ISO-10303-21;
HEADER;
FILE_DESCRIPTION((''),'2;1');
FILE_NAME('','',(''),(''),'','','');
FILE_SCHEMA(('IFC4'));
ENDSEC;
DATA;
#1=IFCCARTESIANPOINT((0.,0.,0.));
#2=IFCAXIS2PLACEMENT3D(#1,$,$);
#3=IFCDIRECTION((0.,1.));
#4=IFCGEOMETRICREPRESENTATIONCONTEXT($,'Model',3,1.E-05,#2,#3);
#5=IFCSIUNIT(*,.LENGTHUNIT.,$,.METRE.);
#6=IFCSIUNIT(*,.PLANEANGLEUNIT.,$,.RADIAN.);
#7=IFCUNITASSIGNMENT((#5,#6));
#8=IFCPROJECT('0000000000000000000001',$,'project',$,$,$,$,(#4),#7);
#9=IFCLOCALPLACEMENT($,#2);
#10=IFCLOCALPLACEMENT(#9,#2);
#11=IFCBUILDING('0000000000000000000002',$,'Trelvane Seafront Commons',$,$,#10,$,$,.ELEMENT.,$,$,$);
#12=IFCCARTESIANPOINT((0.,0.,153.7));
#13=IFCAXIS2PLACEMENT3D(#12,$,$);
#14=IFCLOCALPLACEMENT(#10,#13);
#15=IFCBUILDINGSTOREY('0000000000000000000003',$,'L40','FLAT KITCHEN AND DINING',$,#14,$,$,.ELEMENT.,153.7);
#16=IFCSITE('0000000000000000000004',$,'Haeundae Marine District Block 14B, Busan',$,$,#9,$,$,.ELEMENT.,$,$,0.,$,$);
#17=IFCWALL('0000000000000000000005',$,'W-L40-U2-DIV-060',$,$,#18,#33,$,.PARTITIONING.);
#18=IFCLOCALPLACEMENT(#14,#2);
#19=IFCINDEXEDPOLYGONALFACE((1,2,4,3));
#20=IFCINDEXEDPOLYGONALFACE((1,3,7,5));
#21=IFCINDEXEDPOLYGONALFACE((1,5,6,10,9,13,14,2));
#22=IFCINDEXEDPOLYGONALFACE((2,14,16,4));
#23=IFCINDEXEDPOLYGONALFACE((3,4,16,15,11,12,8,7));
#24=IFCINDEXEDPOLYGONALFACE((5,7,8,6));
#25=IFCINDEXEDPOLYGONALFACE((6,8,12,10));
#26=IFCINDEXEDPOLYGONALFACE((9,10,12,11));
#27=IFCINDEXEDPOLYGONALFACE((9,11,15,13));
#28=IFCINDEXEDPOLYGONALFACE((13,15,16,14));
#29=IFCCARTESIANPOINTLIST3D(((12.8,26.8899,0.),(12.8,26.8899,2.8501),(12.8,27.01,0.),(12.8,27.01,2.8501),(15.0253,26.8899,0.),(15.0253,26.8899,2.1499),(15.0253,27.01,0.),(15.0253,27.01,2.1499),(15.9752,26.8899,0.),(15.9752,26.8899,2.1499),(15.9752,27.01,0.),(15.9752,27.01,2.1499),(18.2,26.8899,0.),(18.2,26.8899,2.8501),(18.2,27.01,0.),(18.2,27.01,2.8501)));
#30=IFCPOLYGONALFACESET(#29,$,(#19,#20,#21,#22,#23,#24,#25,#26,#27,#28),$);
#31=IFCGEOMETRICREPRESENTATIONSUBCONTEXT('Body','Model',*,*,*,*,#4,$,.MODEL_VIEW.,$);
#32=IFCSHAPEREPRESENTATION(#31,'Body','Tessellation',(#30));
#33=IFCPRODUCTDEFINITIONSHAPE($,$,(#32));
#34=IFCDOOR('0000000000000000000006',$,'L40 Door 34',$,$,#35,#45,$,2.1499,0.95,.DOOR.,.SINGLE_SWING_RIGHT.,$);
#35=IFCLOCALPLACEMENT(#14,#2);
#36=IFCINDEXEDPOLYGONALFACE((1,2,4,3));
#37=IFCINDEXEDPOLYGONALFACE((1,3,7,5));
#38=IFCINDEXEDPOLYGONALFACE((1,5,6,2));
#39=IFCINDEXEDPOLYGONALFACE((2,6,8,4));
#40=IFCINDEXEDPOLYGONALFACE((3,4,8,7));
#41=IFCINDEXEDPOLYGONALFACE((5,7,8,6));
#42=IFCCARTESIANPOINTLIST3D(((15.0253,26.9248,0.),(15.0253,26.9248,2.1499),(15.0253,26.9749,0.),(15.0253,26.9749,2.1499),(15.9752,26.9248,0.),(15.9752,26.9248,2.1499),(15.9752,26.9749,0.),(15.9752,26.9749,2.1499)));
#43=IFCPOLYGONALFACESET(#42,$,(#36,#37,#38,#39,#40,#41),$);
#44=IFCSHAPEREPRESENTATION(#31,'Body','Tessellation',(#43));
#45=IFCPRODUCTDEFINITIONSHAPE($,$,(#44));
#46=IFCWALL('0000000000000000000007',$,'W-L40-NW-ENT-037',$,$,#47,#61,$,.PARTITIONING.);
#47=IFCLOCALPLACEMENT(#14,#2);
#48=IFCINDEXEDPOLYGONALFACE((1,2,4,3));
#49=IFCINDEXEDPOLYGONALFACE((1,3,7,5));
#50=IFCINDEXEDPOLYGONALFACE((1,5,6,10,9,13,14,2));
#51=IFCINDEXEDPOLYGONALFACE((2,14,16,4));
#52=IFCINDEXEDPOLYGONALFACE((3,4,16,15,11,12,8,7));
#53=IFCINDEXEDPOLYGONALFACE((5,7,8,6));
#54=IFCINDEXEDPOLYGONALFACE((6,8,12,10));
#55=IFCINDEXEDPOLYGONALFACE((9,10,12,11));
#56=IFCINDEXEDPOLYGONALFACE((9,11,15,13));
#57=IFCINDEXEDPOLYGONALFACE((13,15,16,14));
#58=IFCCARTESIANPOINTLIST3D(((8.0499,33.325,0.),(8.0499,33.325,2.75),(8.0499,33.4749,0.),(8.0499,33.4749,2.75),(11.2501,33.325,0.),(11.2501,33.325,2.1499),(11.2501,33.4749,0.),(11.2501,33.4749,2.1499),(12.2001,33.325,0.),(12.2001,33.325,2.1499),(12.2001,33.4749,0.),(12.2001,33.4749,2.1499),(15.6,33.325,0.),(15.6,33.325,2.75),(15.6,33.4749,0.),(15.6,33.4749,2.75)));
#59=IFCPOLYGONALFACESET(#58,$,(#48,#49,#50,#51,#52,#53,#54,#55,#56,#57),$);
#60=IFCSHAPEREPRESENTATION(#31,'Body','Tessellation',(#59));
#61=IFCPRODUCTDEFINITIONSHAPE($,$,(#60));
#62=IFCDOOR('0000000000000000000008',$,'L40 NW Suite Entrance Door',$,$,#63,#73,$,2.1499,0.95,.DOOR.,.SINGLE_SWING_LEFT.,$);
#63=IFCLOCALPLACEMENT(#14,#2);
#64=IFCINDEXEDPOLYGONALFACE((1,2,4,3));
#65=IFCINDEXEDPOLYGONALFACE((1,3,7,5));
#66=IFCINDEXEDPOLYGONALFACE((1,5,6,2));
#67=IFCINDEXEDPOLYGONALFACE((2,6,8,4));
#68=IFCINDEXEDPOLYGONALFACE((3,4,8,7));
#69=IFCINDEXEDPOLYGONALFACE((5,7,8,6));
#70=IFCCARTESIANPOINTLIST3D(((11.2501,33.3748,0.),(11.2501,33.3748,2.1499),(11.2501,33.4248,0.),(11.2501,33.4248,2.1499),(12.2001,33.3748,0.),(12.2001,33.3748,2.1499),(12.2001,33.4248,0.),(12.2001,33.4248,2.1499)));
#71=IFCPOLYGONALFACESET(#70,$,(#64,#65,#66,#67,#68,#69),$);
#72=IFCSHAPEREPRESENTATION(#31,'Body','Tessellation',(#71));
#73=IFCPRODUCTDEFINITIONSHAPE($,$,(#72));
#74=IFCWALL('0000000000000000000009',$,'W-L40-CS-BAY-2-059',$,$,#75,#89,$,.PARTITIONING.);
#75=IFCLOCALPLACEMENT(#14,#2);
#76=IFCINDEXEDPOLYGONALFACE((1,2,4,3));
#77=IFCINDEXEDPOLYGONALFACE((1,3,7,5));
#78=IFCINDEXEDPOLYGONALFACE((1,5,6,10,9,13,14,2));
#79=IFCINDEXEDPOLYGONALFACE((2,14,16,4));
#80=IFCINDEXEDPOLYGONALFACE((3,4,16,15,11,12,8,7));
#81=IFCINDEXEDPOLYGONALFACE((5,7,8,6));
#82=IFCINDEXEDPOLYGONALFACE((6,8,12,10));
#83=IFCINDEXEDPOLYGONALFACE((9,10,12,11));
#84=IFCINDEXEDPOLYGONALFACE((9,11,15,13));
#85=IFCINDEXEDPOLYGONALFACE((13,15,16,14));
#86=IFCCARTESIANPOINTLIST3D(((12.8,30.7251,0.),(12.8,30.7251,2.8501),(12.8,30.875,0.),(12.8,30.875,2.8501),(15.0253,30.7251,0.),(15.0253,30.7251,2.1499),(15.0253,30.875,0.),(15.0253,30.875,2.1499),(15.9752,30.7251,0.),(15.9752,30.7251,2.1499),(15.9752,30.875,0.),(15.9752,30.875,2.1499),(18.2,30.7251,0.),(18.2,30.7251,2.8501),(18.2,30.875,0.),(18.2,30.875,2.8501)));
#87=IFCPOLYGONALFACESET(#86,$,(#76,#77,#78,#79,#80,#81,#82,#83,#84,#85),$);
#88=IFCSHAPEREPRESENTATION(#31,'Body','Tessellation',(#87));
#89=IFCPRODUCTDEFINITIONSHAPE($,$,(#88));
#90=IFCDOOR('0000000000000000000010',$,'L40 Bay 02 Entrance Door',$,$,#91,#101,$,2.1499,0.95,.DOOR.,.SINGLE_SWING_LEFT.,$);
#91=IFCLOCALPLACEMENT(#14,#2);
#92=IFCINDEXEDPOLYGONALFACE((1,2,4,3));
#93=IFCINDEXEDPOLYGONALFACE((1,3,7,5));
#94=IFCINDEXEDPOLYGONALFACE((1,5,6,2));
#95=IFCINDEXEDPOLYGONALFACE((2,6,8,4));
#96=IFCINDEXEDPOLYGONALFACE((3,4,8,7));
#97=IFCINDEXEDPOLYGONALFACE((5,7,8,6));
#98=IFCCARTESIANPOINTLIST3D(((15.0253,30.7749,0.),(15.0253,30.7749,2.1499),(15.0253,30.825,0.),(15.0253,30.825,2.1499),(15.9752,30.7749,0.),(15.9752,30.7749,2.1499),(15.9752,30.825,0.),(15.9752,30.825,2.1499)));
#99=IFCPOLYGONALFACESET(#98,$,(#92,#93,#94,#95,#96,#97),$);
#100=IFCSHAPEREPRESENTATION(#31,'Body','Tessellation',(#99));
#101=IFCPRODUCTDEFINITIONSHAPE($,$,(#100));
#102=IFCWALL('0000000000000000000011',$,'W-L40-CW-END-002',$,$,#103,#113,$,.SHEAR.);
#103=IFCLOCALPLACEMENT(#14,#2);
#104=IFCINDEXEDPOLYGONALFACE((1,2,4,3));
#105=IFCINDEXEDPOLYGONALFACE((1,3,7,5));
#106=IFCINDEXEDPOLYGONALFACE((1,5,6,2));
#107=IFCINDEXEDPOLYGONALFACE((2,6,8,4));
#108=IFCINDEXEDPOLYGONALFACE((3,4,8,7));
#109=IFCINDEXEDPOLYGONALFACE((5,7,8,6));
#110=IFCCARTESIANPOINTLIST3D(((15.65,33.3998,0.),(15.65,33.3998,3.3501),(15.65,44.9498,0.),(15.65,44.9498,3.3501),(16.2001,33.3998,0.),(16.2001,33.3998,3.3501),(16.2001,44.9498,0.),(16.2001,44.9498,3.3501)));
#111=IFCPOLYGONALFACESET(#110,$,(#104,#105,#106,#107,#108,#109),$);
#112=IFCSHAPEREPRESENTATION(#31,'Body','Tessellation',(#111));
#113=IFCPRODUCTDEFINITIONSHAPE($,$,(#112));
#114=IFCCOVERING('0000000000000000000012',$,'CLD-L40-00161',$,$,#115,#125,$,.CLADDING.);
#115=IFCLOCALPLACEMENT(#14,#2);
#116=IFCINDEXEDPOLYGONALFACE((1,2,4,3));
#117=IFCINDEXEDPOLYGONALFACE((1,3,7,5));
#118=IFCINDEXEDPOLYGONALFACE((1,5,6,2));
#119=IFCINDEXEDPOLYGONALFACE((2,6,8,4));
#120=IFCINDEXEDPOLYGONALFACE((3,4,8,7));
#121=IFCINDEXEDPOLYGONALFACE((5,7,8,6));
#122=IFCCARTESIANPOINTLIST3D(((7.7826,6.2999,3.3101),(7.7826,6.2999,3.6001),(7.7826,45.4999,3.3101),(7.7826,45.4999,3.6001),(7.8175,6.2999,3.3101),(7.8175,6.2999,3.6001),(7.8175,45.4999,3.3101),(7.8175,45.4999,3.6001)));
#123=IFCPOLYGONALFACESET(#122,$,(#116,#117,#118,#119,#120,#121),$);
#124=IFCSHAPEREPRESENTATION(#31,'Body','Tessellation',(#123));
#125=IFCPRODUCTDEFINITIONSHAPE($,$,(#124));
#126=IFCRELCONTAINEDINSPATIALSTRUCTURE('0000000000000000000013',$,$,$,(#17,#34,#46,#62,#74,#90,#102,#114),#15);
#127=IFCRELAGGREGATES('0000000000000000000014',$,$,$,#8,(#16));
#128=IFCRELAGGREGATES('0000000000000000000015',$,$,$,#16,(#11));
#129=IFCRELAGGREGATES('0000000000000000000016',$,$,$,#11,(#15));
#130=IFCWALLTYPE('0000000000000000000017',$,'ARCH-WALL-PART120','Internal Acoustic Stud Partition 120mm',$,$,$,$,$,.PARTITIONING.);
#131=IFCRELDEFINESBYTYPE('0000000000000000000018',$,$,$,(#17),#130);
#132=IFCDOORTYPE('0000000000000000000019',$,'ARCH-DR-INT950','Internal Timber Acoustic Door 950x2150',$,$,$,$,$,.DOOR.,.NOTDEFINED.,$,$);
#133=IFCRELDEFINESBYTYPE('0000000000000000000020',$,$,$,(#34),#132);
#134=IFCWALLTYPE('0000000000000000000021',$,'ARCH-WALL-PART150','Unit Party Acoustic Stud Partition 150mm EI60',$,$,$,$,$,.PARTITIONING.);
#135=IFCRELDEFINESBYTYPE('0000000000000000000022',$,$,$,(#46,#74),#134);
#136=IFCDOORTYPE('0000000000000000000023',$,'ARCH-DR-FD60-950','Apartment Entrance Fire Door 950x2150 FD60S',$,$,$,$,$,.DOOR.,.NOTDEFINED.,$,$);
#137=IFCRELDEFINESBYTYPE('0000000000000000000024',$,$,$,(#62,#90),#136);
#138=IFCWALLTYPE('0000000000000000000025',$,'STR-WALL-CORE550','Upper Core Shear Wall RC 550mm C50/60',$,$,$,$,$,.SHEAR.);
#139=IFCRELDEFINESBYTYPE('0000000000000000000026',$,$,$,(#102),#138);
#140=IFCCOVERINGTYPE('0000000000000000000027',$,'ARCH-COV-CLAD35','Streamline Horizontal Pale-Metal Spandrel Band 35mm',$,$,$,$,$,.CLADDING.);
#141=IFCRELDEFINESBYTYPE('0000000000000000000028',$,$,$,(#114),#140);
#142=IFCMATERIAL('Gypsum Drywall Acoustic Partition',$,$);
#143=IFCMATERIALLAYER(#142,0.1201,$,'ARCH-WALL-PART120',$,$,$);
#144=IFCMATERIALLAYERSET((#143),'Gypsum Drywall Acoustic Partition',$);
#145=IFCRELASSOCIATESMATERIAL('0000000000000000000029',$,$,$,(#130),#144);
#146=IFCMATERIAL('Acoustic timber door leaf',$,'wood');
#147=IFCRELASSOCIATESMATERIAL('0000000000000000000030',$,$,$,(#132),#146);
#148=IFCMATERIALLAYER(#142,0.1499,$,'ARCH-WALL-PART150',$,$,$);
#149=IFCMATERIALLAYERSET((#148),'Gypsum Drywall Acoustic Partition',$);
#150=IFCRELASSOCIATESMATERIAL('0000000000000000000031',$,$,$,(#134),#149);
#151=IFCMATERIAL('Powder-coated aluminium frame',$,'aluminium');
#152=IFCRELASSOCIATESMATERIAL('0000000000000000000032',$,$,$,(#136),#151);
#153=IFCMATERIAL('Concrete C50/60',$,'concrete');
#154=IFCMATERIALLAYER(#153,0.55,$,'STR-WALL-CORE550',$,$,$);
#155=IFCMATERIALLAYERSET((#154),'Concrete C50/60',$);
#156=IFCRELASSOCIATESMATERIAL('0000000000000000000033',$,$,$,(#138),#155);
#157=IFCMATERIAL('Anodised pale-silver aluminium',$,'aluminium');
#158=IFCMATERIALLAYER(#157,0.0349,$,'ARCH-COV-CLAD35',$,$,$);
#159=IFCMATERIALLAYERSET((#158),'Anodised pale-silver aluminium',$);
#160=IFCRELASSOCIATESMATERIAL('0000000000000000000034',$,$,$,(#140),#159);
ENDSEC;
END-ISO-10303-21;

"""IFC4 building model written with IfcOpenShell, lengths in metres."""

from ifc_helpers import new_model, si_unit, direction, frame, frame_2d, origin, origin_2d, place, context, subcontext, project, spatial, rectangle, extrude, source, transform, mapped, material, layer, layer_set, type_object, element, fill, save


model = new_model("IFC4")

# Units and contexts
model_context = context("Model", 3, precision=1e-05, world=origin(), true_north=direction((0.0, 1.0)))
body_context = subcontext(model_context, "Body", "Model", "MODEL_VIEW")
ifc_project = project(units=[si_unit("LENGTHUNIT", "METRE"), si_unit("PLANEANGLEUNIT", "RADIAN")], contexts=[model_context])

# Site, building, storey
site_placement = place(None, origin())
site = spatial("IfcSite", under=ifc_project, at=site_placement, Name="Haeundae Marine District Block 14B, Busan", CompositionType="ELEMENT", RefElevation=0.0)
building_placement = place(site_placement, origin())
building = spatial("IfcBuilding", under=site, at=building_placement, Name="Trelvane Seafront Commons", CompositionType="ELEMENT")
storey_placement = place(building_placement, frame((0.0, 0.0, 153.7)))
storey = spatial("IfcBuildingStorey", under=building, at=storey_placement, Name="L40", Description="FLAT KITCHEN AND DINING", CompositionType="ELEMENT", Elevation=153.7)

# Shared definitions
ifc_material_1 = material(Name="Concrete C50/60", Category="concrete")

# Shared definitions
ifc_material_2 = material(Name="Anodised pale-silver aluminium", Category="aluminium")

# Shared definitions
ifc_material_3 = material(Name="Gypsum Drywall Acoustic Partition")
ifc_layer_1 = layer(ifc_material_3, 0.1201, Name="ARCH-WALL-PART120")
ifc_layer_set_1 = layer_set([ifc_layer_1], Name="Gypsum Drywall Acoustic Partition")
wall_type_1 = type_object("IfcWallType", Name="ARCH-WALL-PART120", Description="Internal Acoustic Stud Partition 120mm", PredefinedType="PARTITIONING", material=ifc_layer_set_1)
ifc_material_4 = material(Name="Acoustic timber door leaf", Category="wood")
door_type_1 = type_object("IfcDoorType", Name="ARCH-DR-INT950", Description="Internal Timber Acoustic Door 950x2150", OperationType="NOTDEFINED", PredefinedType="DOOR", material=ifc_material_4)
shared_shape_1 = source(origin(), body_context, "Body", "SweptSolid", [
    extrude(rectangle(XDim=0.95, YDim=2.1499, at=frame_2d((0.4751, 1.075))), frame((0.0, 0.0249, 0.0), z_axis=(0.0, -1.0, 0.0), x_axis=(1.0, 0.0, 0.0)), (0.0, 0.0, 1.0), 0.05),
])

# Walls, openings, doors
wall_1_placement = place(storey_placement, frame((12.8, 26.95, 0.0), z_axis=(0.0, 0.0, 1.0), x_axis=(1.0, 0.0, 0.0)))
wall_1 = element("IfcWall", 1, at=wall_1_placement, inside=storey, type_object=wall_type_1, Name="W-L40-U2-DIV-060", PredefinedType="PARTITIONING", context=body_context, shape_type="SweptSolid", body=[
    extrude(rectangle(XDim=5.3999, YDim=0.1201, at=frame_2d((2.7, 0.0))), origin(), (0.0, 0.0, 1.0), 2.8501),
])
opening_1_placement = place(wall_1_placement, frame((2.2251, 0.0, 0.0)))
opening_1 = element("IfcOpeningElement", 2, at=opening_1_placement, cuts=wall_1, PredefinedType="OPENING", context=body_context, shape_type="SweptSolid", body=[
    extrude(rectangle(XDim=0.95, YDim=2.1499, at=frame_2d((0.4751, 1.075))), frame((0.0, 0.0701, 0.0), z_axis=(0.0, -1.0, 0.0), x_axis=(1.0, 0.0, 0.0)), (0.0, 0.0, 1.0), 0.1401),
])
door_1_placement = place(opening_1_placement, origin())
door_1 = element("IfcDoor", 3, at=door_1_placement, inside=storey, type_object=door_type_1, Name="L40 Door 34", OperationType="SINGLE_SWING_RIGHT", OverallHeight=2.1499, OverallWidth=0.95, PredefinedType="DOOR", context=body_context, shape_type="MappedRepresentation", body=[
    mapped(shared_shape_1, transform((0.0, 0.0, 0.0), x_axis=(1.0, 0.0, 0.0), y_axis=(0.0, 1.0, 0.0), z_axis=(0.0, 0.0, 1.0), scale=1.0)),
])
fill(opening_1, door_1)
ifc_layer_2 = layer(ifc_material_3, 0.1499, Name="ARCH-WALL-PART150")
ifc_layer_set_2 = layer_set([ifc_layer_2], Name="Gypsum Drywall Acoustic Partition")
wall_type_2 = type_object("IfcWallType", Name="ARCH-WALL-PART150", Description="Unit Party Acoustic Stud Partition 150mm EI60", PredefinedType="PARTITIONING", material=ifc_layer_set_2)
wall_2_placement = place(storey_placement, frame((8.05, 33.3999, 0.0), z_axis=(0.0, 0.0, 1.0), x_axis=(1.0, 0.0, 0.0)))
wall_2 = element("IfcWall", 4, at=wall_2_placement, inside=storey, type_object=wall_type_2, Name="W-L40-NW-ENT-037", PredefinedType="PARTITIONING", context=body_context, shape_type="SweptSolid", body=[
    extrude(rectangle(XDim=7.55, YDim=0.1499, at=frame_2d((3.7749, 0.0))), origin(), (0.0, 0.0, 1.0), 2.75),
])
opening_2_placement = place(wall_2_placement, frame((3.2, 0.0, 0.0)))
opening_2 = element("IfcOpeningElement", 5, at=opening_2_placement, cuts=wall_2, PredefinedType="OPENING", context=body_context, shape_type="SweptSolid", body=[
    extrude(rectangle(XDim=0.95, YDim=2.1499, at=frame_2d((0.4751, 1.075))), frame((0.0, 0.085, 0.0), z_axis=(0.0, -1.0, 0.0), x_axis=(1.0, 0.0, 0.0)), (0.0, 0.0, 1.0), 0.1699),
])
ifc_material_5 = material(Name="Powder-coated aluminium frame", Category="aluminium")
door_type_2 = type_object("IfcDoorType", Name="ARCH-DR-FD60-950", Description="Apartment Entrance Fire Door 950x2150 FD60S", OperationType="NOTDEFINED", PredefinedType="DOOR", material=ifc_material_5)
door_2_placement = place(opening_2_placement, origin())
door_2 = element("IfcDoor", 6, at=door_2_placement, inside=storey, type_object=door_type_2, Name="L40 NW Suite Entrance Door", OperationType="SINGLE_SWING_LEFT", OverallHeight=2.1499, OverallWidth=0.95, PredefinedType="DOOR", context=body_context, shape_type="MappedRepresentation", body=[
    mapped(shared_shape_1, transform((0.0, 0.0, 0.0), x_axis=(1.0, 0.0, 0.0), y_axis=(0.0, 1.0, 0.0), z_axis=(0.0, 0.0, 1.0), scale=1.0)),
])
fill(opening_2, door_2)
wall_3_placement = place(storey_placement, frame((12.8, 30.8, 0.0), z_axis=(0.0, 0.0, 1.0), x_axis=(1.0, 0.0, 0.0)))
wall_3 = element("IfcWall", 7, at=wall_3_placement, inside=storey, type_object=wall_type_2, Name="W-L40-CS-BAY-2-059", PredefinedType="PARTITIONING", context=body_context, shape_type="SweptSolid", body=[
    extrude(rectangle(XDim=5.3999, YDim=0.1499, at=frame_2d((2.7, 0.0))), origin(), (0.0, 0.0, 1.0), 2.8501),
])
opening_3_placement = place(wall_3_placement, frame((2.2251, 0.0, 0.0)))
opening_3 = element("IfcOpeningElement", 8, at=opening_3_placement, cuts=wall_3, PredefinedType="OPENING", context=body_context, shape_type="SweptSolid", body=[
    extrude(rectangle(XDim=0.95, YDim=2.1499, at=frame_2d((0.4751, 1.075))), frame((0.0, 0.085, 0.0), z_axis=(0.0, -1.0, 0.0), x_axis=(1.0, 0.0, 0.0)), (0.0, 0.0, 1.0), 0.1699),
])
door_3_placement = place(opening_3_placement, origin())
door_3 = element("IfcDoor", 9, at=door_3_placement, inside=storey, type_object=door_type_2, Name="L40 Bay 02 Entrance Door", OperationType="SINGLE_SWING_LEFT", OverallHeight=2.1499, OverallWidth=0.95, PredefinedType="DOOR", context=body_context, shape_type="MappedRepresentation", body=[
    mapped(shared_shape_1, transform((0.0, 0.0, 0.0), x_axis=(1.0, 0.0, 0.0), y_axis=(0.0, 1.0, 0.0), z_axis=(0.0, 0.0, 1.0), scale=1.0)),
])
fill(opening_3, door_3)

# Wall
ifc_layer_3 = layer(ifc_material_1, 0.55, Name="STR-WALL-CORE550")
ifc_layer_set_3 = layer_set([ifc_layer_3], Name="Concrete C50/60")
wall_type_3 = type_object("IfcWallType", Name="STR-WALL-CORE550", Description="Upper Core Shear Wall RC 550mm C50/60", PredefinedType="SHEAR", material=ifc_layer_set_3)
wall_4_placement = place(storey_placement, frame((15.925, 33.3999, 0.0), z_axis=(0.0, 0.0, 1.0), x_axis=(0.0, 1.0, 0.0)))
element("IfcWall", 10, at=wall_4_placement, inside=storey, type_object=wall_type_3, Name="W-L40-CW-END-002", PredefinedType="SHEAR", context=body_context, shape_type="SweptSolid", body=[
    extrude(rectangle(XDim=11.55, YDim=0.55, at=frame_2d((5.7749, 0.0))), origin(), (0.0, 0.0, 1.0), 3.3501),
])

# Covering
ifc_layer_4 = layer(ifc_material_2, 0.0349, Name="ARCH-COV-CLAD35")
ifc_layer_set_4 = layer_set([ifc_layer_4], Name="Anodised pale-silver aluminium")
covering_type = type_object("IfcCoveringType", Name="ARCH-COV-CLAD35", Description="Streamline Horizontal Pale-Metal Spandrel Band 35mm", PredefinedType="CLADDING", material=ifc_layer_set_4)
shared_shape_2 = source(origin(), body_context, "Body", "SweptSolid", [
    extrude(rectangle(XDim=39.2, YDim=0.0349, at=origin_2d()), origin(), (0.0, 0.0, 1.0), 0.29),
])
covering_placement = place(storey_placement, frame((7.8, 25.8999, 3.3101), z_axis=(0.0, 0.0, 1.0), x_axis=(0.0, 1.0, 0.0)))
element("IfcCovering", 11, at=covering_placement, inside=storey, type_object=covering_type, Name="CLD-L40-00161", PredefinedType="CLADDING", context=body_context, shape_type="MappedRepresentation", body=[
    mapped(shared_shape_2, transform((0.0, 0.0, 0.0), x_axis=(1.0, 0.0, 0.0), y_axis=(0.0, 1.0, 0.0), z_axis=(0.0, 0.0, 1.0), scale=1.0)),
])

save(model, "model.ifc")
